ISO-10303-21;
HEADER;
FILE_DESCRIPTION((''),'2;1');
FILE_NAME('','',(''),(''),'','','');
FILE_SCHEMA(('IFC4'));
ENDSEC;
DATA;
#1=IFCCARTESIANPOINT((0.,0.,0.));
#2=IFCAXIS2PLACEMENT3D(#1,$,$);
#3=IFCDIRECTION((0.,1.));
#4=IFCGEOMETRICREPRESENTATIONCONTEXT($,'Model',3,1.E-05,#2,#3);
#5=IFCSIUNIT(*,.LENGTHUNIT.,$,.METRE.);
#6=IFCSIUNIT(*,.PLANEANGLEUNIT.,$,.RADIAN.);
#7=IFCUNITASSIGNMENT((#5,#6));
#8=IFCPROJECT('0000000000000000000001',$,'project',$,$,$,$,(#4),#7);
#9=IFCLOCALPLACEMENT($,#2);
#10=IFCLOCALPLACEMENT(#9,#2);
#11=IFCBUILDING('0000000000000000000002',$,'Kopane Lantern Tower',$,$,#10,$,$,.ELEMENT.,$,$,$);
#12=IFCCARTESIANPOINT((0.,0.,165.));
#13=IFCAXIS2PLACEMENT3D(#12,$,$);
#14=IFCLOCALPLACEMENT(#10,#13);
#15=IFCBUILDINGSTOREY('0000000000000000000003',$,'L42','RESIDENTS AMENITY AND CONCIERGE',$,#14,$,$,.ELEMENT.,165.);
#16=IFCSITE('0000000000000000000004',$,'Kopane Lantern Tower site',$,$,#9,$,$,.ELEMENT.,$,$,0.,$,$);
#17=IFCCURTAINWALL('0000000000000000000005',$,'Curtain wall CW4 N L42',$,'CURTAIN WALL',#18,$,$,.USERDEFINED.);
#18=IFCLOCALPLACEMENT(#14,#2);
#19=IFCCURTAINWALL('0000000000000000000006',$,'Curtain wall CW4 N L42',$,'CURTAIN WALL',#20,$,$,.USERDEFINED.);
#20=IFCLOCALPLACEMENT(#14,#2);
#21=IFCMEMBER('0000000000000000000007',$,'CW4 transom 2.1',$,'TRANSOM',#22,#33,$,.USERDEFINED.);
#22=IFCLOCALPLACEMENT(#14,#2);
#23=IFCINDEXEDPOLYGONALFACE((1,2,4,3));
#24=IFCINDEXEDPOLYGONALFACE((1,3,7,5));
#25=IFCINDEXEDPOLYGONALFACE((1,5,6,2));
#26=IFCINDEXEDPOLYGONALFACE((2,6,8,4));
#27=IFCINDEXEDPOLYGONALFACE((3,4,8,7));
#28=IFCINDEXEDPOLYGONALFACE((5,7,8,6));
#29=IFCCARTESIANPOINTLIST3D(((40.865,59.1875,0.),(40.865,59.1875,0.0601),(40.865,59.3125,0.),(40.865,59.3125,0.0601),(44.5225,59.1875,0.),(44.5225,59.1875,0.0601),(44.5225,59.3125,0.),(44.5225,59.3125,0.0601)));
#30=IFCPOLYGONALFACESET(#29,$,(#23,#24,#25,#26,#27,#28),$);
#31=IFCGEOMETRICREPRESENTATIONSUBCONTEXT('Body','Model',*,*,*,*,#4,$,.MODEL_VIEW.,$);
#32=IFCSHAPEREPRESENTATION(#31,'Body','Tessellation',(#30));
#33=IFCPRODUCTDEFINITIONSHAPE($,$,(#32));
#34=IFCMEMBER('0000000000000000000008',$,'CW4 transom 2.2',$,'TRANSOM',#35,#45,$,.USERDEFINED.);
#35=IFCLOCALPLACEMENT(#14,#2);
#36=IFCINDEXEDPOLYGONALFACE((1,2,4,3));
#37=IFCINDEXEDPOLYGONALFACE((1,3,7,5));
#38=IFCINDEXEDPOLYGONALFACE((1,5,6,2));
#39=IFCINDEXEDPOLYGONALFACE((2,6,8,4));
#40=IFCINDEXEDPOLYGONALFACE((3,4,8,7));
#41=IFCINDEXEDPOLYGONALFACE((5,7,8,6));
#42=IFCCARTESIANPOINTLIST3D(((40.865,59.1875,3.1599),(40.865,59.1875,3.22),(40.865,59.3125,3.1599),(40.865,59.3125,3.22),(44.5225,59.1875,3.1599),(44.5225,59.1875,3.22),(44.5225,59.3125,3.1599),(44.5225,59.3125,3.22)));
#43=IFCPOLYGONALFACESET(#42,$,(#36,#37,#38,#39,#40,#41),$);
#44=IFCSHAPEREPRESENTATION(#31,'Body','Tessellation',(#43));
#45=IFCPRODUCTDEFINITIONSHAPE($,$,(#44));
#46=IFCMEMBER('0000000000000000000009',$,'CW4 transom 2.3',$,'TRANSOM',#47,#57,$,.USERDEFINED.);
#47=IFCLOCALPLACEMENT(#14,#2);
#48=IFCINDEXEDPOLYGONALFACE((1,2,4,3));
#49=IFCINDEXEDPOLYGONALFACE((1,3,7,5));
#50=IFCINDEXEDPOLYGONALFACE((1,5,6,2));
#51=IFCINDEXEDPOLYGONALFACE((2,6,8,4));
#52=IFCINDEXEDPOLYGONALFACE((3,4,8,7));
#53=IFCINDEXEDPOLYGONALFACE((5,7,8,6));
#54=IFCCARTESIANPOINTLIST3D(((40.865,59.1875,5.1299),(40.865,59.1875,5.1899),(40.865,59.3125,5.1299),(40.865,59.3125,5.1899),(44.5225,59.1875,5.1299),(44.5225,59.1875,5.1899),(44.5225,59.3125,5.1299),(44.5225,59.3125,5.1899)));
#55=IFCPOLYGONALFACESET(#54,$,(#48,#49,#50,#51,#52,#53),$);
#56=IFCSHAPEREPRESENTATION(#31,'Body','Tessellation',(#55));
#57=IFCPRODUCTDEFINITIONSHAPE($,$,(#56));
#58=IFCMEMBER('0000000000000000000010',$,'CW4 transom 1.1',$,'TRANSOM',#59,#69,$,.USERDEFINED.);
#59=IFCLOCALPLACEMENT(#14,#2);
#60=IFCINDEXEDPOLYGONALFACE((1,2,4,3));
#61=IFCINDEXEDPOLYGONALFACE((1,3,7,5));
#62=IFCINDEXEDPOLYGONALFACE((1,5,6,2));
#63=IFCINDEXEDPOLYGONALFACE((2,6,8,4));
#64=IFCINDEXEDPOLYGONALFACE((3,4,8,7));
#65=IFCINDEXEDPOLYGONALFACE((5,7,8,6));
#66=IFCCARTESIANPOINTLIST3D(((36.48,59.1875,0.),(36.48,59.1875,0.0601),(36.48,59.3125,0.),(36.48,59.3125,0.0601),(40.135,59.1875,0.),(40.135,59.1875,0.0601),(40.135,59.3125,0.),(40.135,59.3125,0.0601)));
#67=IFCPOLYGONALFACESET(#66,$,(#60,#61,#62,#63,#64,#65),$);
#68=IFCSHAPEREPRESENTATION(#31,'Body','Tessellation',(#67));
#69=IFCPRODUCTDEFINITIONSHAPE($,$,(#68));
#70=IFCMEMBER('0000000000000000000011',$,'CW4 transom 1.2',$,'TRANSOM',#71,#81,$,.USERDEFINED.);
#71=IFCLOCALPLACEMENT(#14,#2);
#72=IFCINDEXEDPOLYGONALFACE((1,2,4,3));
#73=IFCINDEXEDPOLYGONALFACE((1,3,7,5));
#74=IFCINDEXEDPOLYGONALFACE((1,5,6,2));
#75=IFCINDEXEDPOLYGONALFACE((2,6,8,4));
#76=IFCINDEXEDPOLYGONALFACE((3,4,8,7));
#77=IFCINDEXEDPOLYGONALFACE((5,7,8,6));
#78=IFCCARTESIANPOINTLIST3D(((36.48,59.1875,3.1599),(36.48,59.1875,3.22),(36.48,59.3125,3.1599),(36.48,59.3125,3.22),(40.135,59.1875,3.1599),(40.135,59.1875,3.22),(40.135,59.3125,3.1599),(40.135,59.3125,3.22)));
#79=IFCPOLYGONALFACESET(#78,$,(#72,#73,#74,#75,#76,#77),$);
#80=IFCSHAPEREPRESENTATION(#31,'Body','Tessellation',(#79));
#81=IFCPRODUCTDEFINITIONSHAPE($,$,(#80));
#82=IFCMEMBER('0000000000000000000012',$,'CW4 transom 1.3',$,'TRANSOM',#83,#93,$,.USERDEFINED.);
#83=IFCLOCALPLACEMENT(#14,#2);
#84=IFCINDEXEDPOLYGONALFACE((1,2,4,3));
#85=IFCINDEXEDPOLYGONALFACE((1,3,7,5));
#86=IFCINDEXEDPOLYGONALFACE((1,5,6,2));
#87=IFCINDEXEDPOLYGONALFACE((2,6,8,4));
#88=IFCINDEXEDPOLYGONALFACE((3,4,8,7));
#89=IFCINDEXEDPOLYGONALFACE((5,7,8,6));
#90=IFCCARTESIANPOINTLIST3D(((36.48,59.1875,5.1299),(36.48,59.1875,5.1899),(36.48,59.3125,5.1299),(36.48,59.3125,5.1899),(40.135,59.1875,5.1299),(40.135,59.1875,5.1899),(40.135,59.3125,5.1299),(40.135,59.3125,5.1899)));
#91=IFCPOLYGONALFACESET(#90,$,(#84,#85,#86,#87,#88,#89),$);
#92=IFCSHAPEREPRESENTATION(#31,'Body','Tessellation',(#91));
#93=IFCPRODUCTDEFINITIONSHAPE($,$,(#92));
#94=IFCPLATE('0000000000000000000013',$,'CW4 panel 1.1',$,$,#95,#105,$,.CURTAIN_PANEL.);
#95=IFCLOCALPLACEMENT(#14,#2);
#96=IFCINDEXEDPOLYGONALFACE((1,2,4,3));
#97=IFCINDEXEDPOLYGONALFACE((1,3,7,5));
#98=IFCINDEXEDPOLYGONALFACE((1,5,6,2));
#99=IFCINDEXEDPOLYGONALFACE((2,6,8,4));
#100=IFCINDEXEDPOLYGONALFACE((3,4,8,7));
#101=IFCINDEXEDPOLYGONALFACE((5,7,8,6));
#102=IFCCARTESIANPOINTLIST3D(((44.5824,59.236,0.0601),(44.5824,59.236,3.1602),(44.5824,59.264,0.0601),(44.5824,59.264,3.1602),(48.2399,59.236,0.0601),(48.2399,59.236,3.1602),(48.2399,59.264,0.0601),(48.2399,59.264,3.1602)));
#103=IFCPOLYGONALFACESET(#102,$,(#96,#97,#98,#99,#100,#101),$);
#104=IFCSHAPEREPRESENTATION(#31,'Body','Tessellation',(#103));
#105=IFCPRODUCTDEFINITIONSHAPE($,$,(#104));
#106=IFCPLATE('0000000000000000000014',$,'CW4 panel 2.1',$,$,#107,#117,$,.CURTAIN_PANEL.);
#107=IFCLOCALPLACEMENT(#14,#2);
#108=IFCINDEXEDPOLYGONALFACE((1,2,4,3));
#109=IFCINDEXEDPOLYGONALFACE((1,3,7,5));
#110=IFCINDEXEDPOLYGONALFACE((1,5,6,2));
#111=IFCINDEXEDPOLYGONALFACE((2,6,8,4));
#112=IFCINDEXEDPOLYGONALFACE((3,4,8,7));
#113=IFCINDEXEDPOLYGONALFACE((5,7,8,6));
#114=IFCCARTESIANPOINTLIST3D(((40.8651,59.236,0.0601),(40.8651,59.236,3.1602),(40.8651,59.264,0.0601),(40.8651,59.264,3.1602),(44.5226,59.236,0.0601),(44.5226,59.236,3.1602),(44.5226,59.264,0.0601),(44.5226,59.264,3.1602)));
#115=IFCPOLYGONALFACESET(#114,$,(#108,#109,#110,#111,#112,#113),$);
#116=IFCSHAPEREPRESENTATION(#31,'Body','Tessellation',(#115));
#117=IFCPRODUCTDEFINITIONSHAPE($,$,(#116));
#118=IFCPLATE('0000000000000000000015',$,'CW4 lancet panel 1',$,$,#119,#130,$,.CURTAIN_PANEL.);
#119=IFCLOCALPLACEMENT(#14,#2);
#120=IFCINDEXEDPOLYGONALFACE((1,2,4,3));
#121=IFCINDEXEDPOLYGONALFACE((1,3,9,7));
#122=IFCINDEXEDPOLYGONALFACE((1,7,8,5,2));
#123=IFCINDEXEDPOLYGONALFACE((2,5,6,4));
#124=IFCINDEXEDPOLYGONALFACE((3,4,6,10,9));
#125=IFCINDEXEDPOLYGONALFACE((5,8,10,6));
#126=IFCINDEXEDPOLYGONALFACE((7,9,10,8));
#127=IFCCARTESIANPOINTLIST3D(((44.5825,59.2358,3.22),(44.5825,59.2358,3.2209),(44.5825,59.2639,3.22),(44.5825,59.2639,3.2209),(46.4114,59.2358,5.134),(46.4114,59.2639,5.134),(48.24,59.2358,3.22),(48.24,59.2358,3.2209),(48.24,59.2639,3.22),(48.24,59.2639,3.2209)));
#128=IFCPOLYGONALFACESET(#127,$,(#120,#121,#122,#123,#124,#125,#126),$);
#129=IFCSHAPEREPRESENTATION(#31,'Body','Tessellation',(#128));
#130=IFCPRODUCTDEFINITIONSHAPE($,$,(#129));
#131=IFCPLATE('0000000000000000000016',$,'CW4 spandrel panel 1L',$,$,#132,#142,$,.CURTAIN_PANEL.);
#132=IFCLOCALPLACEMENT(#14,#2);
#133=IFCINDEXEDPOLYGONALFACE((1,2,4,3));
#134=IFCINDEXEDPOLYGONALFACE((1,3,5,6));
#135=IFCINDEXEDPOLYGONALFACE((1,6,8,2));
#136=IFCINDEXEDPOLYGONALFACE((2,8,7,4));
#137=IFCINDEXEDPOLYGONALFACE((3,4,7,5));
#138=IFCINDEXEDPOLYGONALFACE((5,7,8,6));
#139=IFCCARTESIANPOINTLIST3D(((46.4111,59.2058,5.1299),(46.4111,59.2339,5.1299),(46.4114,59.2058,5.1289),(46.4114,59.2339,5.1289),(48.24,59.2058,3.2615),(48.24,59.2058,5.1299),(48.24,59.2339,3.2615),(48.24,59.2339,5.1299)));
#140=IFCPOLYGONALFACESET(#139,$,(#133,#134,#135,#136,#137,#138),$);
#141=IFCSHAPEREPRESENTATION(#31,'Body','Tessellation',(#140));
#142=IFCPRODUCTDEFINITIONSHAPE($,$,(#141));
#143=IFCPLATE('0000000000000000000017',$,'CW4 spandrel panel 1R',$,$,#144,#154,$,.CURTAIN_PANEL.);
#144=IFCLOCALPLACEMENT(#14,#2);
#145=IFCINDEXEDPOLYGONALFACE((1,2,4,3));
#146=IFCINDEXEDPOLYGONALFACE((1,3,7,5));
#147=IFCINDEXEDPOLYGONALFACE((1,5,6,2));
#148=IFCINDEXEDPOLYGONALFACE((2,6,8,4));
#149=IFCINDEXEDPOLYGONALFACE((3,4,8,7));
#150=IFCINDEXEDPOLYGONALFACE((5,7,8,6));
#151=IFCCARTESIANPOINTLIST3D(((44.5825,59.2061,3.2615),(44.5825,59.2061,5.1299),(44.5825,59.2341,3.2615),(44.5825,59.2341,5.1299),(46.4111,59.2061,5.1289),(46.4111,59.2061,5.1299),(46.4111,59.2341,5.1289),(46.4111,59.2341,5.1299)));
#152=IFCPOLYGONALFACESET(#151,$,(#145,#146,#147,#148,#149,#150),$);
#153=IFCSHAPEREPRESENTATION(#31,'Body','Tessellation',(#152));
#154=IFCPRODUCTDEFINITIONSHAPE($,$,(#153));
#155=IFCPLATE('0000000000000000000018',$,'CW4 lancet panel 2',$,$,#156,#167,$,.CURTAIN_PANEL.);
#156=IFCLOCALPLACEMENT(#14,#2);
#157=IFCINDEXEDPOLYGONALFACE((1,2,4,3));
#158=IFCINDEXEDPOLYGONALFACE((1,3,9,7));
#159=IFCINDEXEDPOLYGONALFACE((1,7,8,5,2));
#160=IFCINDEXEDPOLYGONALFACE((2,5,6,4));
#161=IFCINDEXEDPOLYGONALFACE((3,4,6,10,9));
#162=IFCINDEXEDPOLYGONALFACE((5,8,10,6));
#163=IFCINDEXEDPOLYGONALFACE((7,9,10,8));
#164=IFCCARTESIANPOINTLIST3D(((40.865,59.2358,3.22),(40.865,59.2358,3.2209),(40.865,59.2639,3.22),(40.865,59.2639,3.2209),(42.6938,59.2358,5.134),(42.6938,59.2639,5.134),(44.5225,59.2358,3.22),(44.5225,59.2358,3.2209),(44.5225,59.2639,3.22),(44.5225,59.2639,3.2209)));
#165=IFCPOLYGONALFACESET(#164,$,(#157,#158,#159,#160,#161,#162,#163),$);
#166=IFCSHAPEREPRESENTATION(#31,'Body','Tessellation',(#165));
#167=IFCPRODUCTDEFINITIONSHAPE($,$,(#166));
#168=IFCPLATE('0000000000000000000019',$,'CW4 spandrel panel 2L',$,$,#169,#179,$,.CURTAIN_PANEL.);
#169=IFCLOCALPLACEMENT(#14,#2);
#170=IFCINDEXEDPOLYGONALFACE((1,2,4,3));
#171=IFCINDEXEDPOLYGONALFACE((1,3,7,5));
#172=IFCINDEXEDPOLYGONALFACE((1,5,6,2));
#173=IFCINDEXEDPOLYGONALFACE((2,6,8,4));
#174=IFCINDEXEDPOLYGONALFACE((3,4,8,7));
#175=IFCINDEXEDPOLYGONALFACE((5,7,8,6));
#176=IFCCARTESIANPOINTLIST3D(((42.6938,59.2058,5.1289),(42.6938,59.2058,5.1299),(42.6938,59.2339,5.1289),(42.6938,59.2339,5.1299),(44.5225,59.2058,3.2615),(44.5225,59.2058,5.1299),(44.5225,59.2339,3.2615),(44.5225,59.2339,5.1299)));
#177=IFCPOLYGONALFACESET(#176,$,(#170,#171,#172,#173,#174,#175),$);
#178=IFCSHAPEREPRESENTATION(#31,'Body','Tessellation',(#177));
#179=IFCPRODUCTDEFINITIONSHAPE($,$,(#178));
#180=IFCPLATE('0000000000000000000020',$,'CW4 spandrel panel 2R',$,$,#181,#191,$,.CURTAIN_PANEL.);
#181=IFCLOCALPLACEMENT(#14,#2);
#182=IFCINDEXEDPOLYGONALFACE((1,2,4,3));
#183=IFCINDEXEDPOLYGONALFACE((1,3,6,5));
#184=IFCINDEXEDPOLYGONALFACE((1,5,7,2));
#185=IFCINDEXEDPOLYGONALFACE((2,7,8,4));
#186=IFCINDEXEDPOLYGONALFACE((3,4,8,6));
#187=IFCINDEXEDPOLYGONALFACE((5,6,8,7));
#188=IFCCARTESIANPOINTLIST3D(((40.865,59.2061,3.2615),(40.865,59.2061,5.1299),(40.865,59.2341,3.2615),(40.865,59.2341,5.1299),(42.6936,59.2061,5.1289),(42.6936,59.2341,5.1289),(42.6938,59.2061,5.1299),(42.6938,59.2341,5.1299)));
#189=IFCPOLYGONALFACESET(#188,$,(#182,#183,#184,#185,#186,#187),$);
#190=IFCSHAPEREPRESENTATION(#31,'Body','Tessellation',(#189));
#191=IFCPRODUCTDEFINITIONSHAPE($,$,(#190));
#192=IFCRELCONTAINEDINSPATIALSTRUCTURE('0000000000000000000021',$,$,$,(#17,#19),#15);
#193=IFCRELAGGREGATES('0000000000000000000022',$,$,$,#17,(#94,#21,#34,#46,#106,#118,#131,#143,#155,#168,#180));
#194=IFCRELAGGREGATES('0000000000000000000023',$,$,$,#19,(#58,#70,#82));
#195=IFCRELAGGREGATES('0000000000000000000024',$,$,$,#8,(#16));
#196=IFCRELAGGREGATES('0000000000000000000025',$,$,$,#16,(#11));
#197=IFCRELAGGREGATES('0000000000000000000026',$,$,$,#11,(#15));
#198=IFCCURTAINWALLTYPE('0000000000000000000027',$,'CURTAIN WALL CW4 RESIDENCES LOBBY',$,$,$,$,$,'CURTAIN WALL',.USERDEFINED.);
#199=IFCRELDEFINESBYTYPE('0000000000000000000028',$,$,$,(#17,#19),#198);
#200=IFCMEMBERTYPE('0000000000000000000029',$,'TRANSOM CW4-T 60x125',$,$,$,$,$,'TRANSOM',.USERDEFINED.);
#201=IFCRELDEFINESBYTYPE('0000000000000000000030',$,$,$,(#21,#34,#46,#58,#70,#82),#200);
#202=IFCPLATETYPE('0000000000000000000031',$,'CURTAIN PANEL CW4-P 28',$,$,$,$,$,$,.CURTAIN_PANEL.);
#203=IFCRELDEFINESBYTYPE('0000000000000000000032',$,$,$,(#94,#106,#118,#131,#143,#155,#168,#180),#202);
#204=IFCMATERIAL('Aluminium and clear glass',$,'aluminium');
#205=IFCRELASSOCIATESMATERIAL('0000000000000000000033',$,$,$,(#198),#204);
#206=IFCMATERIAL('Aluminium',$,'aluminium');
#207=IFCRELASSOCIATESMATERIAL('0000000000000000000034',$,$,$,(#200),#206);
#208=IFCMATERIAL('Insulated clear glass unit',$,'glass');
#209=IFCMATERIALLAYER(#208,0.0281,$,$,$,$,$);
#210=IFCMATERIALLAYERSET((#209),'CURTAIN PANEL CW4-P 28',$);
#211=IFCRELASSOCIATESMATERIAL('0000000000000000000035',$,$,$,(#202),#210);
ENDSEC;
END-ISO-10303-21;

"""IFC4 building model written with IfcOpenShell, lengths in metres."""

from ifc_helpers import new_model, si_unit, direction, frame, origin, origin_2d, place, context, subcontext, project, spatial, polyline, rectangle, outline, extrude, material, layer, layer_set, material_profile, profile_set, type_object, element, aggregate, save


model = new_model("IFC4")

# Units and contexts
model_context = context("Model", 3, precision=1e-05, world=origin(), true_north=direction((0.0, 1.0)))
body_context = subcontext(model_context, "Body", "Model", "MODEL_VIEW")
ifc_project = project(units=[si_unit("LENGTHUNIT", "METRE"), si_unit("PLANEANGLEUNIT", "RADIAN")], contexts=[model_context])

# Site, building, storey
site_placement = place(None, origin())
site = spatial("IfcSite", under=ifc_project, at=site_placement, Name="Kopane Lantern Tower site", CompositionType="ELEMENT", RefElevation=0.0)
building_placement = place(site_placement, origin())
building = spatial("IfcBuilding", under=site, at=building_placement, Name="Kopane Lantern Tower", CompositionType="ELEMENT")
storey_placement = place(building_placement, frame((0.0, 0.0, 165.0)))
storey = spatial("IfcBuildingStorey", under=building, at=storey_placement, Name="L42", Description="RESIDENTS AMENITY AND CONCIERGE", CompositionType="ELEMENT", Elevation=165.0)

# Curtain wall
ifc_material_1 = material(Name="Aluminium and clear glass", Category="aluminium")
curtain_wall_type = type_object("IfcCurtainWallType", Name="CURTAIN WALL CW4 RESIDENCES LOBBY", ElementType="CURTAIN WALL", PredefinedType="USERDEFINED", material=ifc_material_1)
curtain_wall_1_placement = place(storey_placement, origin())
curtain_wall_1 = element("IfcCurtainWall", 1, at=curtain_wall_1_placement, inside=storey, type_object=curtain_wall_type, Name="Curtain wall CW4 N L42", ObjectType="CURTAIN WALL", PredefinedType="USERDEFINED")

# Curtain wall
curtain_wall_2_placement = place(storey_placement, origin())
curtain_wall_2 = element("IfcCurtainWall", 2, at=curtain_wall_2_placement, inside=storey, type_object=curtain_wall_type, Name="Curtain wall CW4 N L42", ObjectType="CURTAIN WALL", PredefinedType="USERDEFINED")

# Members
ifc_material_2 = material(Name="Aluminium", Category="aluminium")
ifc_material_profile_1 = material_profile(ifc_material_2, rectangle(XDim=0.125, YDim=0.0601, at=origin_2d()), Name="AL 125x60")
ifc_profile_set_1 = profile_set([ifc_material_profile_1], Name="Aluminium")
member_type_1 = type_object("IfcMemberType", Name="TRANSOM CW4-T 60x125", ElementType="TRANSOM", PredefinedType="USERDEFINED", material=ifc_profile_set_1)
member_1_placement = place(storey_placement, frame((44.5225, 59.25, 0.03), z_axis=(-1.0, 0.0, 0.0), x_axis=(0.0, -1.0, 0.0)))
member_1 = element("IfcMember", 3, at=member_1_placement, type_object=member_type_1, Name="CW4 transom 2.1", ObjectType="TRANSOM", PredefinedType="USERDEFINED", context=body_context, shape_type="SweptSolid", body=[
    extrude(rectangle(XDim=0.125, YDim=0.0601, at=origin_2d()), origin(), (0.0, 0.0, 1.0), 3.6575),
])
member_2_placement = place(storey_placement, frame((44.5225, 59.25, 3.1899), z_axis=(-1.0, 0.0, 0.0), x_axis=(0.0, -1.0, 0.0)))
member_2 = element("IfcMember", 4, at=member_2_placement, type_object=member_type_1, Name="CW4 transom 2.2", ObjectType="TRANSOM", PredefinedType="USERDEFINED", context=body_context, shape_type="SweptSolid", body=[
    extrude(rectangle(XDim=0.125, YDim=0.0601, at=origin_2d()), origin(), (0.0, 0.0, 1.0), 3.6575),
])
member_3_placement = place(storey_placement, frame((44.5225, 59.25, 5.1599), z_axis=(-1.0, 0.0, 0.0), x_axis=(0.0, -1.0, 0.0)))
member_3 = element("IfcMember", 5, at=member_3_placement, type_object=member_type_1, Name="CW4 transom 2.3", ObjectType="TRANSOM", PredefinedType="USERDEFINED", context=body_context, shape_type="SweptSolid", body=[
    extrude(rectangle(XDim=0.125, YDim=0.0601, at=origin_2d()), origin(), (0.0, 0.0, 1.0), 3.6575),
])
member_4_placement = place(storey_placement, frame((40.135, 59.25, 0.03), z_axis=(-1.0, 0.0, 0.0), x_axis=(0.0, -1.0, 0.0)))
member_4 = element("IfcMember", 6, at=member_4_placement, type_object=member_type_1, Name="CW4 transom 1.1", ObjectType="TRANSOM", PredefinedType="USERDEFINED", context=body_context, shape_type="SweptSolid", body=[
    extrude(rectangle(XDim=0.125, YDim=0.0601, at=origin_2d()), origin(), (0.0, 0.0, 1.0), 3.655),
])
member_5_placement = place(storey_placement, frame((40.135, 59.25, 3.1899), z_axis=(-1.0, 0.0, 0.0), x_axis=(0.0, -1.0, 0.0)))
member_5 = element("IfcMember", 7, at=member_5_placement, type_object=member_type_1, Name="CW4 transom 1.2", ObjectType="TRANSOM", PredefinedType="USERDEFINED", context=body_context, shape_type="SweptSolid", body=[
    extrude(rectangle(XDim=0.125, YDim=0.0601, at=origin_2d()), origin(), (0.0, 0.0, 1.0), 3.655),
])
member_6_placement = place(storey_placement, frame((40.135, 59.25, 5.1599), z_axis=(-1.0, 0.0, 0.0), x_axis=(0.0, -1.0, 0.0)))
member_6 = element("IfcMember", 8, at=member_6_placement, type_object=member_type_1, Name="CW4 transom 1.3", ObjectType="TRANSOM", PredefinedType="USERDEFINED", context=body_context, shape_type="SweptSolid", body=[
    extrude(rectangle(XDim=0.125, YDim=0.0601, at=origin_2d()), origin(), (0.0, 0.0, 1.0), 3.655),
])

# Plates
ifc_material_3 = material(Name="Insulated clear glass unit", Category="glass")
ifc_layer = layer(ifc_material_3, 0.0281)
ifc_layer_set = layer_set([ifc_layer], Name="CURTAIN PANEL CW4-P 28")
plate_type = type_object("IfcPlateType", Name="CURTAIN PANEL CW4-P 28", PredefinedType="CURTAIN_PANEL", material=ifc_layer_set)
plate_1_placement = place(storey_placement, frame((46.4111, 59.25, 0.0601), z_axis=(0.0, 0.0, 1.0), x_axis=(-1.0, 0.0, 0.0)))
plate_1 = element("IfcPlate", 9, at=plate_1_placement, type_object=plate_type, Name="CW4 panel 1.1", PredefinedType="CURTAIN_PANEL", context=body_context, shape_type="SweptSolid", body=[
    extrude(rectangle(XDim=3.6575, YDim=0.0281, at=origin_2d()), origin(), (0.0, 0.0, 1.0), 3.1001),
])
plate_2_placement = place(storey_placement, frame((42.6938, 59.25, 0.0601), z_axis=(0.0, 0.0, 1.0), x_axis=(-1.0, 0.0, 0.0)))
plate_2 = element("IfcPlate", 10, at=plate_2_placement, type_object=plate_type, Name="CW4 panel 2.1", PredefinedType="CURTAIN_PANEL", context=body_context, shape_type="SweptSolid", body=[
    extrude(rectangle(XDim=3.6575, YDim=0.0281, at=origin_2d()), origin(), (0.0, 0.0, 1.0), 3.1001),
])
plate_3_placement = place(storey_placement, frame((48.24, 59.25, 3.22), z_axis=(0.0, 0.0, 1.0), x_axis=(-1.0, 0.0, 0.0)))
plate_3 = element("IfcPlate", 11, at=plate_3_placement, type_object=plate_type, Name="CW4 lancet panel 1", PredefinedType="CURTAIN_PANEL", context=body_context, shape_type="SweptSolid", body=[
    extrude(outline(polyline([(0.0, 0.0), (3.6575, 0.0), (3.6575, 0.001), (1.8286, 1.9141), (0.0, 0.001), (0.0, 0.0)])), frame((0.0, 0.0142, 0.0), z_axis=(0.0, -1.0, 0.0), x_axis=(1.0, 0.0, 0.0)), (0.0, 0.0, 1.0), 0.0281),
])
plate_4_placement = place(storey_placement, frame((48.24, 59.22, 5.1299), z_axis=(0.0, 0.0, 1.0), x_axis=(-1.0, 0.0, 0.0)))
plate_4 = element("IfcPlate", 12, at=plate_4_placement, type_object=plate_type, Name="CW4 spandrel panel 1L", PredefinedType="CURTAIN_PANEL", context=body_context, shape_type="SweptSolid", body=[
    extrude(outline(polyline([(0.0, 0.0), (1.8289, 0.0), (1.8286, -0.001), (0.0, -1.8684), (0.0, 0.0)])), frame((0.0, 0.0142, 0.0), z_axis=(0.0, -1.0, 0.0), x_axis=(1.0, 0.0, 0.0)), (0.0, 0.0, 1.0), 0.0281),
])
plate_5_placement = place(storey_placement, frame((44.5825, 59.22, 5.1299), z_axis=(0.0, 0.0, 1.0), x_axis=(1.0, 0.0, 0.0)))
plate_5 = element("IfcPlate", 13, at=plate_5_placement, type_object=plate_type, Name="CW4 spandrel panel 1R", PredefinedType="CURTAIN_PANEL", context=body_context, shape_type="SweptSolid", body=[
    extrude(outline(polyline([(0.0, 0.0), (1.8286, 0.0), (1.8286, -0.001), (0.0, -1.8684), (0.0, 0.0)])), frame((0.0, 0.0142, 0.0), z_axis=(0.0, -1.0, 0.0), x_axis=(1.0, 0.0, 0.0)), (0.0, 0.0, 1.0), 0.0281),
])
plate_6_placement = place(storey_placement, frame((44.5225, 59.25, 3.22), z_axis=(0.0, 0.0, 1.0), x_axis=(-1.0, 0.0, 0.0)))
plate_6 = element("IfcPlate", 14, at=plate_6_placement, type_object=plate_type, Name="CW4 lancet panel 2", PredefinedType="CURTAIN_PANEL", context=body_context, shape_type="SweptSolid", body=[
    extrude(outline(polyline([(0.0, 0.0), (3.6575, 0.0), (3.6575, 0.001), (1.8286, 1.9141), (0.0, 0.001), (0.0, 0.0)])), frame((0.0, 0.0142, 0.0), z_axis=(0.0, -1.0, 0.0), x_axis=(1.0, 0.0, 0.0)), (0.0, 0.0, 1.0), 0.0281),
])
plate_7_placement = place(storey_placement, frame((44.5225, 59.22, 5.1299), z_axis=(0.0, 0.0, 1.0), x_axis=(-1.0, 0.0, 0.0)))
plate_7 = element("IfcPlate", 15, at=plate_7_placement, type_object=plate_type, Name="CW4 spandrel panel 2L", PredefinedType="CURTAIN_PANEL", context=body_context, shape_type="SweptSolid", body=[
    extrude(outline(polyline([(0.0, 0.0), (1.8286, 0.0), (1.8286, -0.001), (0.0, -1.8684), (0.0, 0.0)])), frame((0.0, 0.0142, 0.0), z_axis=(0.0, -1.0, 0.0), x_axis=(1.0, 0.0, 0.0)), (0.0, 0.0, 1.0), 0.0281),
])
plate_8_placement = place(storey_placement, frame((40.865, 59.22, 5.1299), z_axis=(0.0, 0.0, 1.0), x_axis=(1.0, 0.0, 0.0)))
plate_8 = element("IfcPlate", 16, at=plate_8_placement, type_object=plate_type, Name="CW4 spandrel panel 2R", PredefinedType="CURTAIN_PANEL", context=body_context, shape_type="SweptSolid", body=[
    extrude(outline(polyline([(0.0, 0.0), (1.8289, 0.0), (1.8286, -0.001), (0.0, -1.8684), (0.0, 0.0)])), frame((0.0, 0.0142, 0.0), z_axis=(0.0, -1.0, 0.0), x_axis=(1.0, 0.0, 0.0)), (0.0, 0.0, 1.0), 0.0281),
])
aggregate(curtain_wall_1, [plate_1, member_1, member_2, member_3, plate_2, plate_3, plate_4, plate_5, plate_6, plate_7, plate_8])
aggregate(curtain_wall_2, [member_4, member_5, member_6])

save(model, "model.ifc")
